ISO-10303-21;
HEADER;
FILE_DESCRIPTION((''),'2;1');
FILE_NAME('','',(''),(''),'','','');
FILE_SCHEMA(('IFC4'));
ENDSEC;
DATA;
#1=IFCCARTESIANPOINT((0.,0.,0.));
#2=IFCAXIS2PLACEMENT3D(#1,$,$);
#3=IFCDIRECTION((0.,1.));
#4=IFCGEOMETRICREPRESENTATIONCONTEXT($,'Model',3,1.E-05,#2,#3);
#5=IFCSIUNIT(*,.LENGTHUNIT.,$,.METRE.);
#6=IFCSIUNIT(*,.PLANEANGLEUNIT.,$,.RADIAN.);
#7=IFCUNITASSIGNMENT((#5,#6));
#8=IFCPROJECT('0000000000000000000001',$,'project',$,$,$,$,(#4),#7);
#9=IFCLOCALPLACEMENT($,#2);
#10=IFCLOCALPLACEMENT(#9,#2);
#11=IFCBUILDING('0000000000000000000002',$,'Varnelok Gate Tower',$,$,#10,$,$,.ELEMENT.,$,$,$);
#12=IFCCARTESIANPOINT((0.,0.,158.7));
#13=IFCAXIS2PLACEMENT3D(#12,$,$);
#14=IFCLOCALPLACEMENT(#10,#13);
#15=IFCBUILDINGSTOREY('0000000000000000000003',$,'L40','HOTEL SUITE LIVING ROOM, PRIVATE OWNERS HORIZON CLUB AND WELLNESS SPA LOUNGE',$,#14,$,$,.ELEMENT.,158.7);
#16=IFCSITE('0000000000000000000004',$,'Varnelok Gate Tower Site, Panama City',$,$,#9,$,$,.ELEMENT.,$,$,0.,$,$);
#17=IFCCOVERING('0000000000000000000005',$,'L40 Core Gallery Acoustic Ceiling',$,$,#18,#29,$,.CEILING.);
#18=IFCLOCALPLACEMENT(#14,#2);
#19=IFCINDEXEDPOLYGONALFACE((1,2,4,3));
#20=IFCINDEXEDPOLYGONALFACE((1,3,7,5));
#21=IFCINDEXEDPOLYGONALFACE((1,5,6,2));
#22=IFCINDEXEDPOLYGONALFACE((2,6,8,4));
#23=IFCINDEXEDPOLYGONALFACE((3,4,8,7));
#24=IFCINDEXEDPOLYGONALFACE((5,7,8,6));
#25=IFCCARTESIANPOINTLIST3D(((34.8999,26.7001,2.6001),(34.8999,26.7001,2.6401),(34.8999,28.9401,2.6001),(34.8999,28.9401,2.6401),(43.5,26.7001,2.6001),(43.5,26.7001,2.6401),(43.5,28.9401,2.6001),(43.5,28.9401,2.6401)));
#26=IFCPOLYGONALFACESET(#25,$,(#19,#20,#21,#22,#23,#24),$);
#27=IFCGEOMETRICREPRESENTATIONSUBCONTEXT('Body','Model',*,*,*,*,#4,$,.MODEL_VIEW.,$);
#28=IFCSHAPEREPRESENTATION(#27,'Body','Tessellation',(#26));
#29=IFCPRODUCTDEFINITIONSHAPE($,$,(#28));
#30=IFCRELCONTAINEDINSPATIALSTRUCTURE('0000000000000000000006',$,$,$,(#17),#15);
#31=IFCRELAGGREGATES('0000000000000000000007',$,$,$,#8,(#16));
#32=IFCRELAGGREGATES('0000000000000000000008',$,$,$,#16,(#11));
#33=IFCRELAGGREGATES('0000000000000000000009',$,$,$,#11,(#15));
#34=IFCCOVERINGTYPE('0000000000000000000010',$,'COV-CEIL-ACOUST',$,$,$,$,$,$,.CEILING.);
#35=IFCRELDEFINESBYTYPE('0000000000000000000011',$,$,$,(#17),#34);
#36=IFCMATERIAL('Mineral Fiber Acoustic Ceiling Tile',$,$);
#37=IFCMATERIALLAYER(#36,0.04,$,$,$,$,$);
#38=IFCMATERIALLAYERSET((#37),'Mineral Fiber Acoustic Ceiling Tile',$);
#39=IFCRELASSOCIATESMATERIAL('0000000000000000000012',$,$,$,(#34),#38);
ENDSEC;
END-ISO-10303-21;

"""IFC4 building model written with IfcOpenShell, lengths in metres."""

from ifc_helpers import new_model, si_unit, direction, frame, origin, origin_2d, place, context, subcontext, project, spatial, rectangle, extrude, source, transform, mapped, material, layer, layer_set, type_object, element, save


model = new_model("IFC4")

# Units and contexts
model_context = context("Model", 3, precision=1e-05, world=origin(), true_north=direction((0.0, 1.0)))
body_context = subcontext(model_context, "Body", "Model", "MODEL_VIEW")
ifc_project = project(units=[si_unit("LENGTHUNIT", "METRE"), si_unit("PLANEANGLEUNIT", "RADIAN")], contexts=[model_context])

# Site, building, storey
site_placement = place(None, origin())
site = spatial("IfcSite", under=ifc_project, at=site_placement, Name="Varnelok Gate Tower Site, Panama City", CompositionType="ELEMENT", RefElevation=0.0)
building_placement = place(site_placement, origin())
building = spatial("IfcBuilding", under=site, at=building_placement, Name="Varnelok Gate Tower", CompositionType="ELEMENT")
storey_placement = place(building_placement, frame((0.0, 0.0, 158.7)))
storey = spatial("IfcBuildingStorey", under=building, at=storey_placement, Name="L40", Description="HOTEL SUITE LIVING ROOM, PRIVATE OWNERS HORIZON CLUB AND WELLNESS SPA LOUNGE", CompositionType="ELEMENT", Elevation=158.7)

# Covering
ifc_material_1 = material(Name="Mineral Fiber Acoustic Ceiling Tile")
ifc_layer_1 = layer(ifc_material_1, 0.04)
ifc_layer_set_1 = layer_set([ifc_layer_1], Name="Mineral Fiber Acoustic Ceiling Tile")
covering_type_1 = type_object("IfcCoveringType", Name="COV-CEIL-ACOUST", PredefinedType="CEILING", material=ifc_layer_set_1)
shared_shape_1 = source(origin(), body_context, "Body", "SweptSolid", [
    extrude(rectangle(XDim=8.6001, YDim=2.24, at=origin_2d()), origin(), (0.0, 0.0, 1.0), 0.04),
])
covering_1_placement = place(storey_placement, frame((39.2, 27.8201, 2.6001), z_axis=(0.0, 0.0, 1.0), x_axis=(1.0, 0.0, 0.0)))
element("IfcCovering", 1, at=covering_1_placement, inside=storey, type_object=covering_type_1, Name="L40 Core Gallery Acoustic Ceiling", PredefinedType="CEILING", context=body_context, shape_type="MappedRepresentation", body=[
    mapped(shared_shape_1, transform((0.0, 0.0, 0.0), scale=1.0)),
])

save(model, "model.ifc")
